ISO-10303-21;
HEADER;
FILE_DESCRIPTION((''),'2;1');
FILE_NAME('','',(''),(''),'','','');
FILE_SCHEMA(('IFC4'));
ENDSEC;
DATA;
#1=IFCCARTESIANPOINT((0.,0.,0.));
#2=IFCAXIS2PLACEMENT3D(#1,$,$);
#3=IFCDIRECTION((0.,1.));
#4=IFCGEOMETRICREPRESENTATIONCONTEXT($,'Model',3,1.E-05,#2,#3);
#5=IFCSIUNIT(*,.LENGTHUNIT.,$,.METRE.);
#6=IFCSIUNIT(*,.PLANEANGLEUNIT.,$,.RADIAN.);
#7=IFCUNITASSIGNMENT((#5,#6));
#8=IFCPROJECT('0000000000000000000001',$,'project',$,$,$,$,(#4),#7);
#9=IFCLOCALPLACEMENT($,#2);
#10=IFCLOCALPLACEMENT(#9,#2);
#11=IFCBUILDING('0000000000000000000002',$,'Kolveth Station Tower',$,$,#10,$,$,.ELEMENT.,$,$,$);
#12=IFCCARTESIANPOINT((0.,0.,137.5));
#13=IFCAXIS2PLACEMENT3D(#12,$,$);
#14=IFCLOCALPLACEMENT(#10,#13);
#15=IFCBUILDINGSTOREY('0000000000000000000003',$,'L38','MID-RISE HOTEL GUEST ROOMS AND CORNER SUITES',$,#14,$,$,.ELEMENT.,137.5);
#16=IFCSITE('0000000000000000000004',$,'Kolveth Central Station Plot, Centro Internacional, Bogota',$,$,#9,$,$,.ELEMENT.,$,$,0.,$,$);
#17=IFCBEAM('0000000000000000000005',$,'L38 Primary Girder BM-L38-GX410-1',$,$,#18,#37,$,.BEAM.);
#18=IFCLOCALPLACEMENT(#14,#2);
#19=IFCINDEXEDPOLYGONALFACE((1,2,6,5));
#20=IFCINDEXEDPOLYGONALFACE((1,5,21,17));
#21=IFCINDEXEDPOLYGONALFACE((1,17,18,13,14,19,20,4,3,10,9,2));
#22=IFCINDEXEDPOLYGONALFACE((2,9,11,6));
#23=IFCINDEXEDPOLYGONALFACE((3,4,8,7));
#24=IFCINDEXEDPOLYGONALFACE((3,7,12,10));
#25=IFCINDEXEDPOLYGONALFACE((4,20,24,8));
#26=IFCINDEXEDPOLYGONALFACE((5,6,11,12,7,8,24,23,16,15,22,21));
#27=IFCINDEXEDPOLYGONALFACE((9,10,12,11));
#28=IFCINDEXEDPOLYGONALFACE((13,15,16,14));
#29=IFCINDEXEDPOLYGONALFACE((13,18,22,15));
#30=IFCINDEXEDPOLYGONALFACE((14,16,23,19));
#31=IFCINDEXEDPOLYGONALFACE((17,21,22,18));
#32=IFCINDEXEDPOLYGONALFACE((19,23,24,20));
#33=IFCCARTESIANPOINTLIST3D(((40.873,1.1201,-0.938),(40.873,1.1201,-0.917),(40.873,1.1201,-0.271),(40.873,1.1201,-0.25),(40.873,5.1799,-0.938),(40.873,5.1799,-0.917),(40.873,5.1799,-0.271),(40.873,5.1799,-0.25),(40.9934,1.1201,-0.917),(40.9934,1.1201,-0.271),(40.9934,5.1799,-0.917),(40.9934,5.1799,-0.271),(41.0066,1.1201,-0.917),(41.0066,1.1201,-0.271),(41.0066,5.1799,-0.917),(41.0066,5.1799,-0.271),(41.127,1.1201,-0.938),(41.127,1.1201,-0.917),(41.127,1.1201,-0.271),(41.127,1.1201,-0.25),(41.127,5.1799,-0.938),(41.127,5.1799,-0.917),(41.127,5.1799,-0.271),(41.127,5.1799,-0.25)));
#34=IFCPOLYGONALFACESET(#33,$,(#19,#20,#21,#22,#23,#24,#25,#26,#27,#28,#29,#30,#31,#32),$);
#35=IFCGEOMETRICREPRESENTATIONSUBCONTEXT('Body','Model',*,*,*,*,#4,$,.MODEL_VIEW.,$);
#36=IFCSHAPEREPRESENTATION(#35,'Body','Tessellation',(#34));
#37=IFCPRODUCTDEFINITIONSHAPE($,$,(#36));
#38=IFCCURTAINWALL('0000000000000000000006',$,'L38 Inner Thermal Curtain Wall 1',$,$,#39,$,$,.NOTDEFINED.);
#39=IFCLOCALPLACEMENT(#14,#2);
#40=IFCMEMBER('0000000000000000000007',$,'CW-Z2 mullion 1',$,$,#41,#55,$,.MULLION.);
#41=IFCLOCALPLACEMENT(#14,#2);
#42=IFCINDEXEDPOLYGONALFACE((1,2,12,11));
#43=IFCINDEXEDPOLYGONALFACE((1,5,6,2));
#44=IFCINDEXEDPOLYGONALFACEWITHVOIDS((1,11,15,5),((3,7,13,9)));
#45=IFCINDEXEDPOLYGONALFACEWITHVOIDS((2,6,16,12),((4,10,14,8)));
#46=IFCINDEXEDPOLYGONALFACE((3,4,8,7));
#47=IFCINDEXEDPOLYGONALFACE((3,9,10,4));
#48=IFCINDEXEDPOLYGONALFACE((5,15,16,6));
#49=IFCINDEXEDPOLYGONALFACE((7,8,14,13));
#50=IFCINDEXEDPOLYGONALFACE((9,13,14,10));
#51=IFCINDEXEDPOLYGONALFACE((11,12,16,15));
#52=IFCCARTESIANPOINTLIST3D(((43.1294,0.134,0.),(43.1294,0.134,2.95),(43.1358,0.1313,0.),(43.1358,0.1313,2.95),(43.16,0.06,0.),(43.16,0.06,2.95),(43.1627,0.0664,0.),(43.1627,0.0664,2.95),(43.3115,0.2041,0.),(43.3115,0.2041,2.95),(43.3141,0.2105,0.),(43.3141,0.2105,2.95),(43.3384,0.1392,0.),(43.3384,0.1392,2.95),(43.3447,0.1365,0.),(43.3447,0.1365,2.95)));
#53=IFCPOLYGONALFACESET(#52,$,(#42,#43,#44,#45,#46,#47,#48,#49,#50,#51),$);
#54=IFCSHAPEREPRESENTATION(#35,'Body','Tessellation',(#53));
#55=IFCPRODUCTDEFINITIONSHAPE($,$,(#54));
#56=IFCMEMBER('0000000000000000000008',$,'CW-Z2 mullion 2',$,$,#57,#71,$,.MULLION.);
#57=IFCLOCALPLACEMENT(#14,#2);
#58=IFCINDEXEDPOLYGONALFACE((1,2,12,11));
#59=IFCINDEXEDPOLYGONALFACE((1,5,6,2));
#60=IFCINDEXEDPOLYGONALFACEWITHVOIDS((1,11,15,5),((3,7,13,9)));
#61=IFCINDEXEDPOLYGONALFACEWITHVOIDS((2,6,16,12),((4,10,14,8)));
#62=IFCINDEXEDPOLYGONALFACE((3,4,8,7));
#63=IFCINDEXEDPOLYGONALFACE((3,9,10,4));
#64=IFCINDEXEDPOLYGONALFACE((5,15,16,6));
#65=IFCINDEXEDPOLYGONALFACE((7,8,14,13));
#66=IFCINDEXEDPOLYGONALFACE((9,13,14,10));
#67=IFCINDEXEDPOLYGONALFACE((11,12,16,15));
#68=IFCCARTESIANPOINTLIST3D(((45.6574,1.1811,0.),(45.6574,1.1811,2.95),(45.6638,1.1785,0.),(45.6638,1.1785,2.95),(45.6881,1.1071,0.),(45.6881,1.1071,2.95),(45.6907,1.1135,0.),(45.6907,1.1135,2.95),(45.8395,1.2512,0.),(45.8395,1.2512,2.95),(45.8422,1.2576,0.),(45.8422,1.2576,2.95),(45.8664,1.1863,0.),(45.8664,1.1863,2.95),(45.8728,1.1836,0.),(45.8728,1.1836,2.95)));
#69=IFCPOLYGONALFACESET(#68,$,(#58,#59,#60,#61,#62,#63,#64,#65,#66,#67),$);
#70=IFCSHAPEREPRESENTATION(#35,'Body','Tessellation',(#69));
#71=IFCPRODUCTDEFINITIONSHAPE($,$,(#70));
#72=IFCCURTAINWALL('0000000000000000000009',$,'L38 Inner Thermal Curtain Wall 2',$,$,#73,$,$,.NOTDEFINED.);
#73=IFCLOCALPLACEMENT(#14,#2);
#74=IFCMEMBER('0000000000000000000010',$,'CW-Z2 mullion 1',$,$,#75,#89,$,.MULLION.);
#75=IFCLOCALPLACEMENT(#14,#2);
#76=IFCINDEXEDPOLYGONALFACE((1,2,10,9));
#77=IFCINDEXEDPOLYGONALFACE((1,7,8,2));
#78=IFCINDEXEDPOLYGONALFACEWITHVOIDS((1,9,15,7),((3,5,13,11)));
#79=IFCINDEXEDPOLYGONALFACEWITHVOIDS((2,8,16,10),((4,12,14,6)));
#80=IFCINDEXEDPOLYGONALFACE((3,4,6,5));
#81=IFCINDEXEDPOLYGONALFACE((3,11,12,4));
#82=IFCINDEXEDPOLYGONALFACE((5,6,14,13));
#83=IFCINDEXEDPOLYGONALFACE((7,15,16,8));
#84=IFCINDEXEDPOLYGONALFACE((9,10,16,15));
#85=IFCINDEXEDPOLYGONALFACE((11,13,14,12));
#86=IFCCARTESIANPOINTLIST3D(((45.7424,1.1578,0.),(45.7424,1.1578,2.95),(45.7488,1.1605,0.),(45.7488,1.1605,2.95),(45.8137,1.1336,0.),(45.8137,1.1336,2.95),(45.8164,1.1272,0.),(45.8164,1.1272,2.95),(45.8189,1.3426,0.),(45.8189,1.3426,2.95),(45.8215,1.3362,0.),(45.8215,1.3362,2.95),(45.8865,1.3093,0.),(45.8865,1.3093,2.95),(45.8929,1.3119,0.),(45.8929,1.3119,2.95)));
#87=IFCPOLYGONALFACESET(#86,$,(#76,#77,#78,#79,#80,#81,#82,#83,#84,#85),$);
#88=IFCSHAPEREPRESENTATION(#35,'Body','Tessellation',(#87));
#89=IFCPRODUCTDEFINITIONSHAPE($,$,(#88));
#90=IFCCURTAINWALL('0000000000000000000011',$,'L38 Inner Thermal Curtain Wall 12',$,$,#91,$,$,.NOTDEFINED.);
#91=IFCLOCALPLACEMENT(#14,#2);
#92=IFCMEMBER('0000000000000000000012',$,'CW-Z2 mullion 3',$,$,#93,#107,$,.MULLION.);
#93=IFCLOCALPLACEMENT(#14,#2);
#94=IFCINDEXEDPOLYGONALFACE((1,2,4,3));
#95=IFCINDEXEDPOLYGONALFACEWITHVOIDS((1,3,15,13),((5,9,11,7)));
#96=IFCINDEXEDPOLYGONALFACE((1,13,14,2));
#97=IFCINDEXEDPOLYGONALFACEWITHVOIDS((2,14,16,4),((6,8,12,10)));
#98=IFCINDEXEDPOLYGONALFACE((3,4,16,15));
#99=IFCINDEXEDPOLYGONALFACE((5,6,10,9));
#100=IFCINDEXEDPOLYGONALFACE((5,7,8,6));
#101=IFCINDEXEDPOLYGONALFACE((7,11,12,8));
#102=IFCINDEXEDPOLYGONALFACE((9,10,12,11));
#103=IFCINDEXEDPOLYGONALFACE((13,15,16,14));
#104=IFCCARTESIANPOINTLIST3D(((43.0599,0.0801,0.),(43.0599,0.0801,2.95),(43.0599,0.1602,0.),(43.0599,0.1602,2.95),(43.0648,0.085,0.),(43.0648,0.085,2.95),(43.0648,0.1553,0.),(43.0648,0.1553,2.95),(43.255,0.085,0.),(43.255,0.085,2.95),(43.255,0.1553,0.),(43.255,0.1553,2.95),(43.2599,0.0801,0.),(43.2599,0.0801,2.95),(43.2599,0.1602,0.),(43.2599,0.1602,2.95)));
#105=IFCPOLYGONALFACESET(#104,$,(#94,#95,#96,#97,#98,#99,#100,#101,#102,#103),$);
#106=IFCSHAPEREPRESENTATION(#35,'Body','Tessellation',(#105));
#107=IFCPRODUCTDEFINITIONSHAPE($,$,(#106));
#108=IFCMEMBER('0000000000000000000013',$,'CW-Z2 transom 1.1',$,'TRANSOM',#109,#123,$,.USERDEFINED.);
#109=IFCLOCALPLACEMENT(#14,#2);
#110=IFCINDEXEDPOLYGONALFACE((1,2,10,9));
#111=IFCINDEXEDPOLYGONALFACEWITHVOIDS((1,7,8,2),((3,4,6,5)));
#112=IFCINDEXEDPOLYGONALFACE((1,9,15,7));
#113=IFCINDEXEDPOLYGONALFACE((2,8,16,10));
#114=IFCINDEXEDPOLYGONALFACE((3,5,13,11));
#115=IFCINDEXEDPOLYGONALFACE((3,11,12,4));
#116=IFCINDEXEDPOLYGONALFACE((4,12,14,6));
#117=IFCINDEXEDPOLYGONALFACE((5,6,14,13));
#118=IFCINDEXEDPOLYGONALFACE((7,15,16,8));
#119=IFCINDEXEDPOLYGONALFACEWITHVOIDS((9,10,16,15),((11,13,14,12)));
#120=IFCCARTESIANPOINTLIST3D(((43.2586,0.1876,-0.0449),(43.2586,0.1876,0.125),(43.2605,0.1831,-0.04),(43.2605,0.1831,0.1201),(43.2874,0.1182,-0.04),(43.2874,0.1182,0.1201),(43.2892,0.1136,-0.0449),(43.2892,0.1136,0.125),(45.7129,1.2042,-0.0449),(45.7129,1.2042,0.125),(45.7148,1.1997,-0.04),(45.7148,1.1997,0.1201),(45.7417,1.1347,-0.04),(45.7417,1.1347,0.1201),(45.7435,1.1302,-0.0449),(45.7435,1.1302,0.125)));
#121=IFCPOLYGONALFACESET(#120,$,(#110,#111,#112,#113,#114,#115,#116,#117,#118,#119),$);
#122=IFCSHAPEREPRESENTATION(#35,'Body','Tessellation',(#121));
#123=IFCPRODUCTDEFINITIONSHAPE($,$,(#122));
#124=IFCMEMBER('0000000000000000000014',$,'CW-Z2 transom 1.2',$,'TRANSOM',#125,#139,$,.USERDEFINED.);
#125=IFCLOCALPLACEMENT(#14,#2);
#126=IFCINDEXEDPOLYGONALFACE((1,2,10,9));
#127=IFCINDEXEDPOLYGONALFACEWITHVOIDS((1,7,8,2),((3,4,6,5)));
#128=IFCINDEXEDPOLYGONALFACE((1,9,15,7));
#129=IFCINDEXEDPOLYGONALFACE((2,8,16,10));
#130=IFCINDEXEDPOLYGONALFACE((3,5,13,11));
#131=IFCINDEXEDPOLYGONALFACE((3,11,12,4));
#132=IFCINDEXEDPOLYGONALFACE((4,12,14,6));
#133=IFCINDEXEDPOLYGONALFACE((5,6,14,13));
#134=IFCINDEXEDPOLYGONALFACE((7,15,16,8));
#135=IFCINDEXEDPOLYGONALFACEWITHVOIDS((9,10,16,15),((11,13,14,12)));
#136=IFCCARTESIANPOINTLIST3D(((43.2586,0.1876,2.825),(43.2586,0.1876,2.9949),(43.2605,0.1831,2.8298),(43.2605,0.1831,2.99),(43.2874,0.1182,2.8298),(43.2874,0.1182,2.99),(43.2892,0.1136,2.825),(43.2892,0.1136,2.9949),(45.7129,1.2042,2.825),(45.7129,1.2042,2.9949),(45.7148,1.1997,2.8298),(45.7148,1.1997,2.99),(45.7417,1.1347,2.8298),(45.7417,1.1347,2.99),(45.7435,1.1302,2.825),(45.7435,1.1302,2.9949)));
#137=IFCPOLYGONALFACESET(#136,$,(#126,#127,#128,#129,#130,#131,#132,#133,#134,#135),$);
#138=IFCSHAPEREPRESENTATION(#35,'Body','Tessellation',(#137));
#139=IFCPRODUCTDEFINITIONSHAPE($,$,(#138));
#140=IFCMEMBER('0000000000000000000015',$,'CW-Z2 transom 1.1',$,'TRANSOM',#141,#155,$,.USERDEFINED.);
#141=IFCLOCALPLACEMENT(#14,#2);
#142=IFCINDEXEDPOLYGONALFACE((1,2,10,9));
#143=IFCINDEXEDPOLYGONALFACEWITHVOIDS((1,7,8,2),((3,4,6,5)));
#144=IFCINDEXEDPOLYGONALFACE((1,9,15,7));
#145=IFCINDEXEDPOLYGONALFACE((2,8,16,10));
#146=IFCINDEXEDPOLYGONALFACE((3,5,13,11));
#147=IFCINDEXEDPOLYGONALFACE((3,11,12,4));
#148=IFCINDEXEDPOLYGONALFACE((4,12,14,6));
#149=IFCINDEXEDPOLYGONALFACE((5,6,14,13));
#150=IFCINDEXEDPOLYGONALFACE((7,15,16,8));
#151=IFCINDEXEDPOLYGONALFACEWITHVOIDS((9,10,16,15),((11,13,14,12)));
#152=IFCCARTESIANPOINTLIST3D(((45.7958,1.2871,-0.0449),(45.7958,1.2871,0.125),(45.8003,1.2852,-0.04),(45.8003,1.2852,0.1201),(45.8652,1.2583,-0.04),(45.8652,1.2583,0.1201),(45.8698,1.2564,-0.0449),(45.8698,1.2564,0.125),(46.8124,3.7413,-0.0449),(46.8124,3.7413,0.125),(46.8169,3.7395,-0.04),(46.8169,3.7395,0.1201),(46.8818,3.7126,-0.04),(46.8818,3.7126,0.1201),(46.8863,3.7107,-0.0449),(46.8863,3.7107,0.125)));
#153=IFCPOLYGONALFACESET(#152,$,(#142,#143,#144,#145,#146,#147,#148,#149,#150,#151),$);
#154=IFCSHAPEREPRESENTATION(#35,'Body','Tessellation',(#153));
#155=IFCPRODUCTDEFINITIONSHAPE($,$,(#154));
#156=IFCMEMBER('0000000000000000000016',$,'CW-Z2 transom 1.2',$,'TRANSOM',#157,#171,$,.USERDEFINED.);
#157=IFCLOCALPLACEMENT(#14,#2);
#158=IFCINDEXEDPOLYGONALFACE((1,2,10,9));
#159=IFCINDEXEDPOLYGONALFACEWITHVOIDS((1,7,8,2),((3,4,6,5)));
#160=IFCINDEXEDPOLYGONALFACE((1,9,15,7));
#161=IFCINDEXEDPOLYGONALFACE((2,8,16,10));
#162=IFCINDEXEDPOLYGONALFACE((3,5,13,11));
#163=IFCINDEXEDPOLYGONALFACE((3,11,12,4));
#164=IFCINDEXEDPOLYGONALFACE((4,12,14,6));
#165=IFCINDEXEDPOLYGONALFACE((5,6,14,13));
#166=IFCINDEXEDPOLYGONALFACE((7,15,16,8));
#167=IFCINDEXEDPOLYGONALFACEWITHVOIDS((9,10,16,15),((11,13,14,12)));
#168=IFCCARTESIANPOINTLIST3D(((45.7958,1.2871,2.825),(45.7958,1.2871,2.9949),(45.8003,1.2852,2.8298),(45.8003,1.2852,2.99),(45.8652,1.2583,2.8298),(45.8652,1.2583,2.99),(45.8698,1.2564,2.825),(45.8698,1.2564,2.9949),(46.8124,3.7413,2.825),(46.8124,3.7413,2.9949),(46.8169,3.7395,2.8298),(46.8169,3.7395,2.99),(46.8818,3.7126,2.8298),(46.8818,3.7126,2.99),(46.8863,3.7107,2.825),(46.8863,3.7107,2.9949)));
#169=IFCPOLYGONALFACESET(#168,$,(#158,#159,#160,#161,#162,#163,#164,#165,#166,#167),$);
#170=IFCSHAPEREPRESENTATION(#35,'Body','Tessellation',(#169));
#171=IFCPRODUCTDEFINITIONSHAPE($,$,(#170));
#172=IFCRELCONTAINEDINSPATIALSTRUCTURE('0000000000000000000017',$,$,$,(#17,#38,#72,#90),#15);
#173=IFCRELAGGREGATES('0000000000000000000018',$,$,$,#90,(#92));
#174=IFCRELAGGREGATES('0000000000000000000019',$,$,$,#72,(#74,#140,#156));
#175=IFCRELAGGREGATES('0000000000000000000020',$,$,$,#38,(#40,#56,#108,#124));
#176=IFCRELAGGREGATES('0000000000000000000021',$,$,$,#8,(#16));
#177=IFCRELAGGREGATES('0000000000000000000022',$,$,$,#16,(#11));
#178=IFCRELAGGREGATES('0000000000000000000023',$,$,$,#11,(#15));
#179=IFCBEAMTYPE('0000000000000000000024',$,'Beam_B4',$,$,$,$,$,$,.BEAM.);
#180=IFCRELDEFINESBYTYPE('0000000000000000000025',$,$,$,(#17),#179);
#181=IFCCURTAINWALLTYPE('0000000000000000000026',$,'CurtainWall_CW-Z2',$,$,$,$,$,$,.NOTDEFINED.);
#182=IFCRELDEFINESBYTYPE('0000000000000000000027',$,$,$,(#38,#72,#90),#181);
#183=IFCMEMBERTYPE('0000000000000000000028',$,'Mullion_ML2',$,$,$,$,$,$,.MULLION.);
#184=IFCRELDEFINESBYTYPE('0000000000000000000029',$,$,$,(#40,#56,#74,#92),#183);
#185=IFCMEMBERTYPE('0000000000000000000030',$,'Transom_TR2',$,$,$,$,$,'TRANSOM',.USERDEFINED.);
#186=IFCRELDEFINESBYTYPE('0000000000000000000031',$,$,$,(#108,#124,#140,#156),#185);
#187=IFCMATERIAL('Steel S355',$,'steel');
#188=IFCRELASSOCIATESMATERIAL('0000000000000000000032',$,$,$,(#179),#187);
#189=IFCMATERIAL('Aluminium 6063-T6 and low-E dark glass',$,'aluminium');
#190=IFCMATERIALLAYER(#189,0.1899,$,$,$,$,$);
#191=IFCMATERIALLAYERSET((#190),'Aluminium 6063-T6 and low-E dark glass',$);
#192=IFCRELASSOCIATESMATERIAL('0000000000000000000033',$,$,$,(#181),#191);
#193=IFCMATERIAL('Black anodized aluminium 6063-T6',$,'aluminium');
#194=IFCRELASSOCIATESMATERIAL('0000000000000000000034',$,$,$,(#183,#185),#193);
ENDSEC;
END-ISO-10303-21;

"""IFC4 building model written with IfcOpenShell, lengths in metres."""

from ifc_helpers import new_model, si_unit, direction, frame, origin, origin_2d, place, context, subcontext, project, spatial, hollow_rectangle, i_section, extrude, source, transform, mapped, material, layer, layer_set, material_profile, profile_set, type_object, element, aggregate, save


model = new_model("IFC4")

# Units and contexts
model_context = context("Model", 3, precision=1e-05, world=origin(), true_north=direction((0.0, 1.0)))
body_context = subcontext(model_context, "Body", "Model", "MODEL_VIEW")
ifc_project = project(units=[si_unit("LENGTHUNIT", "METRE"), si_unit("PLANEANGLEUNIT", "RADIAN")], contexts=[model_context])

# Site, building, storey
site_placement = place(None, origin())
site = spatial("IfcSite", under=ifc_project, at=site_placement, Name="Kolveth Central Station Plot, Centro Internacional, Bogota", CompositionType="ELEMENT", RefElevation=0.0)
building_placement = place(site_placement, origin())
building = spatial("IfcBuilding", under=site, at=building_placement, Name="Kolveth Station Tower", CompositionType="ELEMENT")
storey_placement = place(building_placement, frame((0.0, 0.0, 137.5)))
storey = spatial("IfcBuildingStorey", under=building, at=storey_placement, Name="L38", Description="MID-RISE HOTEL GUEST ROOMS AND CORNER SUITES", CompositionType="ELEMENT", Elevation=137.5)

# Beam
ifc_material_1 = material(Name="Steel S355", Category="steel")
ifc_material_profile_1 = material_profile(ifc_material_1, i_section(OverallWidth=0.2539, OverallDepth=0.688, WebThickness=0.0132, FlangeThickness=0.021, at=origin_2d()), Name="W690x152")
ifc_profile_set_1 = profile_set([ifc_material_profile_1], Name="Steel S355")
beam_type = type_object("IfcBeamType", Name="Beam_B4", PredefinedType="BEAM", material=ifc_profile_set_1)
shared_shape_1 = source(origin(), body_context, "Body", "SweptSolid", [
    extrude(i_section(OverallWidth=0.2539, OverallDepth=0.688, WebThickness=0.0132, FlangeThickness=0.021, at=origin_2d()), origin(), (0.0, 0.0, 1.0), 4.0598),
])
beam_placement = place(storey_placement, frame((41.0, 1.1201, -0.594), z_axis=(0.0, 1.0, 0.0), x_axis=(-1.0, 0.0, 0.0)))
element("IfcBeam", 1, at=beam_placement, inside=storey, type_object=beam_type, Name="L38 Primary Girder BM-L38-GX410-1", PredefinedType="BEAM", context=body_context, shape_type="MappedRepresentation", body=[
    mapped(shared_shape_1, transform((0.0, 0.0, 0.0), x_axis=(1.0, 0.0, 0.0), y_axis=(0.0, 1.0, 0.0), z_axis=(0.0, 0.0, 1.0), scale=1.0)),
])

# Curtain wall, members
ifc_material_2 = material(Name="Aluminium 6063-T6 and low-E dark glass", Category="aluminium")
ifc_layer_1 = layer(ifc_material_2, 0.1899)
ifc_layer_set_1 = layer_set([ifc_layer_1], Name="Aluminium 6063-T6 and low-E dark glass")
curtain_wall_type_1 = type_object("IfcCurtainWallType", Name="CurtainWall_CW-Z2", PredefinedType="NOTDEFINED", material=ifc_layer_set_1)
curtain_wall_1_placement = place(storey_placement, origin())
curtain_wall_1 = element("IfcCurtainWall", 2, at=curtain_wall_1_placement, inside=storey, type_object=curtain_wall_type_1, Name="L38 Inner Thermal Curtain Wall 1", PredefinedType="NOTDEFINED")
ifc_material_3 = material(Name="Black anodized aluminium 6063-T6", Category="aluminium")
ifc_material_profile_2 = material_profile(ifc_material_3, hollow_rectangle(XDim=0.0801, YDim=0.2, WallThickness=0.0049, at=origin_2d()), Name="ALU-80x200x5")
ifc_profile_set_2 = profile_set([ifc_material_profile_2], Name="Black anodized aluminium 6063-T6")
member_type_1 = type_object("IfcMemberType", Name="Mullion_ML2", PredefinedType="MULLION", material=ifc_profile_set_2)
shared_shape_2 = source(origin(), body_context, "Body", "SweptSolid", [
    extrude(hollow_rectangle(XDim=0.0801, YDim=0.2, WallThickness=0.0049, at=origin_2d()), origin(), (0.0, 0.0, 1.0), 2.95),
])
member_1_placement = place(storey_placement, frame((43.2371, 0.1353, 0.0), z_axis=(0.0, 0.0, 1.0), x_axis=(-0.382663, 0.923888, 0.0)))
member_1 = element("IfcMember", 3, at=member_1_placement, type_object=member_type_1, Name="CW-Z2 mullion 1", PredefinedType="MULLION", context=body_context, shape_type="MappedRepresentation", body=[
    mapped(shared_shape_2, transform((0.0, 0.0, 0.0), x_axis=(1.0, 0.0, 0.0), y_axis=(0.0, 1.0, 0.0), z_axis=(0.0, 0.0, 1.0), scale=1.0)),
])
member_2_placement = place(storey_placement, frame((45.7651, 1.1824, 0.0), z_axis=(0.0, 0.0, 1.0), x_axis=(-0.382663, 0.923888, 0.0)))
member_2 = element("IfcMember", 4, at=member_2_placement, type_object=member_type_1, Name="CW-Z2 mullion 2", PredefinedType="MULLION", context=body_context, shape_type="MappedRepresentation", body=[
    mapped(shared_shape_2, transform((0.0, 0.0, 0.0), x_axis=(1.0, 0.0, 0.0), y_axis=(0.0, 1.0, 0.0), z_axis=(0.0, 0.0, 1.0), scale=1.0)),
])

# Curtain walls, members
curtain_wall_2_placement = place(storey_placement, origin())
curtain_wall_2 = element("IfcCurtainWall", 5, at=curtain_wall_2_placement, inside=storey, type_object=curtain_wall_type_1, Name="L38 Inner Thermal Curtain Wall 2", PredefinedType="NOTDEFINED")
member_3_placement = place(storey_placement, frame((45.8176, 1.2349, 0.0), z_axis=(0.0, 0.0, 1.0), x_axis=(-0.923888, 0.382663, 0.0)))
member_3 = element("IfcMember", 6, at=member_3_placement, type_object=member_type_1, Name="CW-Z2 mullion 1", PredefinedType="MULLION", context=body_context, shape_type="MappedRepresentation", body=[
    mapped(shared_shape_2, transform((0.0, 0.0, 0.0), x_axis=(1.0, 0.0, 0.0), y_axis=(0.0, 1.0, 0.0), z_axis=(0.0, 0.0, 1.0), scale=1.0)),
])
curtain_wall_3_placement = place(storey_placement, origin())
curtain_wall_3 = element("IfcCurtainWall", 7, at=curtain_wall_3_placement, inside=storey, type_object=curtain_wall_type_1, Name="L38 Inner Thermal Curtain Wall 12", PredefinedType="NOTDEFINED")
member_4_placement = place(storey_placement, frame((43.1599, 0.1201, 0.0), z_axis=(0.0, 0.0, 1.0), x_axis=(0.0, 1.0, 0.0)))
member_4 = element("IfcMember", 8, at=member_4_placement, type_object=member_type_1, Name="CW-Z2 mullion 3", PredefinedType="MULLION", context=body_context, shape_type="MappedRepresentation", body=[
    mapped(shared_shape_2, transform((0.0, 0.0, 0.0), x_axis=(1.0, 0.0, 0.0), y_axis=(0.0, 1.0, 0.0), z_axis=(0.0, 0.0, 1.0), scale=1.0)),
])
aggregate(curtain_wall_3, [member_4])

# Members
ifc_material_profile_3 = material_profile(ifc_material_3, hollow_rectangle(XDim=0.0801, YDim=0.1699, WallThickness=0.0049, at=origin_2d()), Name="ALU-80x170x5")
ifc_profile_set_3 = profile_set([ifc_material_profile_3], Name="Black anodized aluminium 6063-T6")
member_type_2 = type_object("IfcMemberType", Name="Transom_TR2", ElementType="TRANSOM", PredefinedType="USERDEFINED", material=ifc_profile_set_3)
shared_shape_3 = source(origin(), body_context, "Body", "SweptSolid", [
    extrude(hollow_rectangle(XDim=0.0801, YDim=0.1699, WallThickness=0.0049, at=origin_2d()), origin(), (0.0, 0.0, 1.0), 2.6565),
])
member_5_placement = place(storey_placement, frame((43.2739, 0.1506, 0.04), z_axis=(0.923882, 0.382676, 0.0), x_axis=(-0.382676, 0.923882, 0.0)))
member_5 = element("IfcMember", 9, at=member_5_placement, type_object=member_type_2, Name="CW-Z2 transom 1.1", ObjectType="TRANSOM", PredefinedType="USERDEFINED", context=body_context, shape_type="MappedRepresentation", body=[
    mapped(shared_shape_3, transform((0.0, 0.0, 0.0), x_axis=(1.0, 0.0, 0.0), y_axis=(0.0, 1.0, 0.0), z_axis=(0.0, 0.0, 1.0), scale=1.0)),
])
member_6_placement = place(storey_placement, frame((43.2739, 0.1506, 2.9099), z_axis=(0.923882, 0.382676, 0.0), x_axis=(-0.382676, 0.923882, 0.0)))
member_6 = element("IfcMember", 10, at=member_6_placement, type_object=member_type_2, Name="CW-Z2 transom 1.2", ObjectType="TRANSOM", PredefinedType="USERDEFINED", context=body_context, shape_type="MappedRepresentation", body=[
    mapped(shared_shape_3, transform((0.0, 0.0, 0.0), x_axis=(1.0, 0.0, 0.0), y_axis=(0.0, 1.0, 0.0), z_axis=(0.0, 0.0, 1.0), scale=1.0)),
])
member_7_placement = place(storey_placement, frame((45.8328, 1.2717, 0.04), z_axis=(0.382676, 0.923882, 0.0), x_axis=(-0.923882, 0.382676, 0.0)))
member_7 = element("IfcMember", 11, at=member_7_placement, type_object=member_type_2, Name="CW-Z2 transom 1.1", ObjectType="TRANSOM", PredefinedType="USERDEFINED", context=body_context, shape_type="MappedRepresentation", body=[
    mapped(shared_shape_3, transform((0.0, 0.0, 0.0), x_axis=(1.0, 0.0, 0.0), y_axis=(0.0, 1.0, 0.0), z_axis=(0.0, 0.0, 1.0), scale=1.0)),
])
member_8_placement = place(storey_placement, frame((45.8328, 1.2717, 2.9099), z_axis=(0.382676, 0.923882, 0.0), x_axis=(-0.923882, 0.382676, 0.0)))
member_8 = element("IfcMember", 12, at=member_8_placement, type_object=member_type_2, Name="CW-Z2 transom 1.2", ObjectType="TRANSOM", PredefinedType="USERDEFINED", context=body_context, shape_type="MappedRepresentation", body=[
    mapped(shared_shape_3, transform((0.0, 0.0, 0.0), x_axis=(1.0, 0.0, 0.0), y_axis=(0.0, 1.0, 0.0), z_axis=(0.0, 0.0, 1.0), scale=1.0)),
])
aggregate(curtain_wall_2, [member_3, member_7, member_8])

aggregate(curtain_wall_1, [member_1, member_2, member_5, member_6])

save(model, "model.ifc")
